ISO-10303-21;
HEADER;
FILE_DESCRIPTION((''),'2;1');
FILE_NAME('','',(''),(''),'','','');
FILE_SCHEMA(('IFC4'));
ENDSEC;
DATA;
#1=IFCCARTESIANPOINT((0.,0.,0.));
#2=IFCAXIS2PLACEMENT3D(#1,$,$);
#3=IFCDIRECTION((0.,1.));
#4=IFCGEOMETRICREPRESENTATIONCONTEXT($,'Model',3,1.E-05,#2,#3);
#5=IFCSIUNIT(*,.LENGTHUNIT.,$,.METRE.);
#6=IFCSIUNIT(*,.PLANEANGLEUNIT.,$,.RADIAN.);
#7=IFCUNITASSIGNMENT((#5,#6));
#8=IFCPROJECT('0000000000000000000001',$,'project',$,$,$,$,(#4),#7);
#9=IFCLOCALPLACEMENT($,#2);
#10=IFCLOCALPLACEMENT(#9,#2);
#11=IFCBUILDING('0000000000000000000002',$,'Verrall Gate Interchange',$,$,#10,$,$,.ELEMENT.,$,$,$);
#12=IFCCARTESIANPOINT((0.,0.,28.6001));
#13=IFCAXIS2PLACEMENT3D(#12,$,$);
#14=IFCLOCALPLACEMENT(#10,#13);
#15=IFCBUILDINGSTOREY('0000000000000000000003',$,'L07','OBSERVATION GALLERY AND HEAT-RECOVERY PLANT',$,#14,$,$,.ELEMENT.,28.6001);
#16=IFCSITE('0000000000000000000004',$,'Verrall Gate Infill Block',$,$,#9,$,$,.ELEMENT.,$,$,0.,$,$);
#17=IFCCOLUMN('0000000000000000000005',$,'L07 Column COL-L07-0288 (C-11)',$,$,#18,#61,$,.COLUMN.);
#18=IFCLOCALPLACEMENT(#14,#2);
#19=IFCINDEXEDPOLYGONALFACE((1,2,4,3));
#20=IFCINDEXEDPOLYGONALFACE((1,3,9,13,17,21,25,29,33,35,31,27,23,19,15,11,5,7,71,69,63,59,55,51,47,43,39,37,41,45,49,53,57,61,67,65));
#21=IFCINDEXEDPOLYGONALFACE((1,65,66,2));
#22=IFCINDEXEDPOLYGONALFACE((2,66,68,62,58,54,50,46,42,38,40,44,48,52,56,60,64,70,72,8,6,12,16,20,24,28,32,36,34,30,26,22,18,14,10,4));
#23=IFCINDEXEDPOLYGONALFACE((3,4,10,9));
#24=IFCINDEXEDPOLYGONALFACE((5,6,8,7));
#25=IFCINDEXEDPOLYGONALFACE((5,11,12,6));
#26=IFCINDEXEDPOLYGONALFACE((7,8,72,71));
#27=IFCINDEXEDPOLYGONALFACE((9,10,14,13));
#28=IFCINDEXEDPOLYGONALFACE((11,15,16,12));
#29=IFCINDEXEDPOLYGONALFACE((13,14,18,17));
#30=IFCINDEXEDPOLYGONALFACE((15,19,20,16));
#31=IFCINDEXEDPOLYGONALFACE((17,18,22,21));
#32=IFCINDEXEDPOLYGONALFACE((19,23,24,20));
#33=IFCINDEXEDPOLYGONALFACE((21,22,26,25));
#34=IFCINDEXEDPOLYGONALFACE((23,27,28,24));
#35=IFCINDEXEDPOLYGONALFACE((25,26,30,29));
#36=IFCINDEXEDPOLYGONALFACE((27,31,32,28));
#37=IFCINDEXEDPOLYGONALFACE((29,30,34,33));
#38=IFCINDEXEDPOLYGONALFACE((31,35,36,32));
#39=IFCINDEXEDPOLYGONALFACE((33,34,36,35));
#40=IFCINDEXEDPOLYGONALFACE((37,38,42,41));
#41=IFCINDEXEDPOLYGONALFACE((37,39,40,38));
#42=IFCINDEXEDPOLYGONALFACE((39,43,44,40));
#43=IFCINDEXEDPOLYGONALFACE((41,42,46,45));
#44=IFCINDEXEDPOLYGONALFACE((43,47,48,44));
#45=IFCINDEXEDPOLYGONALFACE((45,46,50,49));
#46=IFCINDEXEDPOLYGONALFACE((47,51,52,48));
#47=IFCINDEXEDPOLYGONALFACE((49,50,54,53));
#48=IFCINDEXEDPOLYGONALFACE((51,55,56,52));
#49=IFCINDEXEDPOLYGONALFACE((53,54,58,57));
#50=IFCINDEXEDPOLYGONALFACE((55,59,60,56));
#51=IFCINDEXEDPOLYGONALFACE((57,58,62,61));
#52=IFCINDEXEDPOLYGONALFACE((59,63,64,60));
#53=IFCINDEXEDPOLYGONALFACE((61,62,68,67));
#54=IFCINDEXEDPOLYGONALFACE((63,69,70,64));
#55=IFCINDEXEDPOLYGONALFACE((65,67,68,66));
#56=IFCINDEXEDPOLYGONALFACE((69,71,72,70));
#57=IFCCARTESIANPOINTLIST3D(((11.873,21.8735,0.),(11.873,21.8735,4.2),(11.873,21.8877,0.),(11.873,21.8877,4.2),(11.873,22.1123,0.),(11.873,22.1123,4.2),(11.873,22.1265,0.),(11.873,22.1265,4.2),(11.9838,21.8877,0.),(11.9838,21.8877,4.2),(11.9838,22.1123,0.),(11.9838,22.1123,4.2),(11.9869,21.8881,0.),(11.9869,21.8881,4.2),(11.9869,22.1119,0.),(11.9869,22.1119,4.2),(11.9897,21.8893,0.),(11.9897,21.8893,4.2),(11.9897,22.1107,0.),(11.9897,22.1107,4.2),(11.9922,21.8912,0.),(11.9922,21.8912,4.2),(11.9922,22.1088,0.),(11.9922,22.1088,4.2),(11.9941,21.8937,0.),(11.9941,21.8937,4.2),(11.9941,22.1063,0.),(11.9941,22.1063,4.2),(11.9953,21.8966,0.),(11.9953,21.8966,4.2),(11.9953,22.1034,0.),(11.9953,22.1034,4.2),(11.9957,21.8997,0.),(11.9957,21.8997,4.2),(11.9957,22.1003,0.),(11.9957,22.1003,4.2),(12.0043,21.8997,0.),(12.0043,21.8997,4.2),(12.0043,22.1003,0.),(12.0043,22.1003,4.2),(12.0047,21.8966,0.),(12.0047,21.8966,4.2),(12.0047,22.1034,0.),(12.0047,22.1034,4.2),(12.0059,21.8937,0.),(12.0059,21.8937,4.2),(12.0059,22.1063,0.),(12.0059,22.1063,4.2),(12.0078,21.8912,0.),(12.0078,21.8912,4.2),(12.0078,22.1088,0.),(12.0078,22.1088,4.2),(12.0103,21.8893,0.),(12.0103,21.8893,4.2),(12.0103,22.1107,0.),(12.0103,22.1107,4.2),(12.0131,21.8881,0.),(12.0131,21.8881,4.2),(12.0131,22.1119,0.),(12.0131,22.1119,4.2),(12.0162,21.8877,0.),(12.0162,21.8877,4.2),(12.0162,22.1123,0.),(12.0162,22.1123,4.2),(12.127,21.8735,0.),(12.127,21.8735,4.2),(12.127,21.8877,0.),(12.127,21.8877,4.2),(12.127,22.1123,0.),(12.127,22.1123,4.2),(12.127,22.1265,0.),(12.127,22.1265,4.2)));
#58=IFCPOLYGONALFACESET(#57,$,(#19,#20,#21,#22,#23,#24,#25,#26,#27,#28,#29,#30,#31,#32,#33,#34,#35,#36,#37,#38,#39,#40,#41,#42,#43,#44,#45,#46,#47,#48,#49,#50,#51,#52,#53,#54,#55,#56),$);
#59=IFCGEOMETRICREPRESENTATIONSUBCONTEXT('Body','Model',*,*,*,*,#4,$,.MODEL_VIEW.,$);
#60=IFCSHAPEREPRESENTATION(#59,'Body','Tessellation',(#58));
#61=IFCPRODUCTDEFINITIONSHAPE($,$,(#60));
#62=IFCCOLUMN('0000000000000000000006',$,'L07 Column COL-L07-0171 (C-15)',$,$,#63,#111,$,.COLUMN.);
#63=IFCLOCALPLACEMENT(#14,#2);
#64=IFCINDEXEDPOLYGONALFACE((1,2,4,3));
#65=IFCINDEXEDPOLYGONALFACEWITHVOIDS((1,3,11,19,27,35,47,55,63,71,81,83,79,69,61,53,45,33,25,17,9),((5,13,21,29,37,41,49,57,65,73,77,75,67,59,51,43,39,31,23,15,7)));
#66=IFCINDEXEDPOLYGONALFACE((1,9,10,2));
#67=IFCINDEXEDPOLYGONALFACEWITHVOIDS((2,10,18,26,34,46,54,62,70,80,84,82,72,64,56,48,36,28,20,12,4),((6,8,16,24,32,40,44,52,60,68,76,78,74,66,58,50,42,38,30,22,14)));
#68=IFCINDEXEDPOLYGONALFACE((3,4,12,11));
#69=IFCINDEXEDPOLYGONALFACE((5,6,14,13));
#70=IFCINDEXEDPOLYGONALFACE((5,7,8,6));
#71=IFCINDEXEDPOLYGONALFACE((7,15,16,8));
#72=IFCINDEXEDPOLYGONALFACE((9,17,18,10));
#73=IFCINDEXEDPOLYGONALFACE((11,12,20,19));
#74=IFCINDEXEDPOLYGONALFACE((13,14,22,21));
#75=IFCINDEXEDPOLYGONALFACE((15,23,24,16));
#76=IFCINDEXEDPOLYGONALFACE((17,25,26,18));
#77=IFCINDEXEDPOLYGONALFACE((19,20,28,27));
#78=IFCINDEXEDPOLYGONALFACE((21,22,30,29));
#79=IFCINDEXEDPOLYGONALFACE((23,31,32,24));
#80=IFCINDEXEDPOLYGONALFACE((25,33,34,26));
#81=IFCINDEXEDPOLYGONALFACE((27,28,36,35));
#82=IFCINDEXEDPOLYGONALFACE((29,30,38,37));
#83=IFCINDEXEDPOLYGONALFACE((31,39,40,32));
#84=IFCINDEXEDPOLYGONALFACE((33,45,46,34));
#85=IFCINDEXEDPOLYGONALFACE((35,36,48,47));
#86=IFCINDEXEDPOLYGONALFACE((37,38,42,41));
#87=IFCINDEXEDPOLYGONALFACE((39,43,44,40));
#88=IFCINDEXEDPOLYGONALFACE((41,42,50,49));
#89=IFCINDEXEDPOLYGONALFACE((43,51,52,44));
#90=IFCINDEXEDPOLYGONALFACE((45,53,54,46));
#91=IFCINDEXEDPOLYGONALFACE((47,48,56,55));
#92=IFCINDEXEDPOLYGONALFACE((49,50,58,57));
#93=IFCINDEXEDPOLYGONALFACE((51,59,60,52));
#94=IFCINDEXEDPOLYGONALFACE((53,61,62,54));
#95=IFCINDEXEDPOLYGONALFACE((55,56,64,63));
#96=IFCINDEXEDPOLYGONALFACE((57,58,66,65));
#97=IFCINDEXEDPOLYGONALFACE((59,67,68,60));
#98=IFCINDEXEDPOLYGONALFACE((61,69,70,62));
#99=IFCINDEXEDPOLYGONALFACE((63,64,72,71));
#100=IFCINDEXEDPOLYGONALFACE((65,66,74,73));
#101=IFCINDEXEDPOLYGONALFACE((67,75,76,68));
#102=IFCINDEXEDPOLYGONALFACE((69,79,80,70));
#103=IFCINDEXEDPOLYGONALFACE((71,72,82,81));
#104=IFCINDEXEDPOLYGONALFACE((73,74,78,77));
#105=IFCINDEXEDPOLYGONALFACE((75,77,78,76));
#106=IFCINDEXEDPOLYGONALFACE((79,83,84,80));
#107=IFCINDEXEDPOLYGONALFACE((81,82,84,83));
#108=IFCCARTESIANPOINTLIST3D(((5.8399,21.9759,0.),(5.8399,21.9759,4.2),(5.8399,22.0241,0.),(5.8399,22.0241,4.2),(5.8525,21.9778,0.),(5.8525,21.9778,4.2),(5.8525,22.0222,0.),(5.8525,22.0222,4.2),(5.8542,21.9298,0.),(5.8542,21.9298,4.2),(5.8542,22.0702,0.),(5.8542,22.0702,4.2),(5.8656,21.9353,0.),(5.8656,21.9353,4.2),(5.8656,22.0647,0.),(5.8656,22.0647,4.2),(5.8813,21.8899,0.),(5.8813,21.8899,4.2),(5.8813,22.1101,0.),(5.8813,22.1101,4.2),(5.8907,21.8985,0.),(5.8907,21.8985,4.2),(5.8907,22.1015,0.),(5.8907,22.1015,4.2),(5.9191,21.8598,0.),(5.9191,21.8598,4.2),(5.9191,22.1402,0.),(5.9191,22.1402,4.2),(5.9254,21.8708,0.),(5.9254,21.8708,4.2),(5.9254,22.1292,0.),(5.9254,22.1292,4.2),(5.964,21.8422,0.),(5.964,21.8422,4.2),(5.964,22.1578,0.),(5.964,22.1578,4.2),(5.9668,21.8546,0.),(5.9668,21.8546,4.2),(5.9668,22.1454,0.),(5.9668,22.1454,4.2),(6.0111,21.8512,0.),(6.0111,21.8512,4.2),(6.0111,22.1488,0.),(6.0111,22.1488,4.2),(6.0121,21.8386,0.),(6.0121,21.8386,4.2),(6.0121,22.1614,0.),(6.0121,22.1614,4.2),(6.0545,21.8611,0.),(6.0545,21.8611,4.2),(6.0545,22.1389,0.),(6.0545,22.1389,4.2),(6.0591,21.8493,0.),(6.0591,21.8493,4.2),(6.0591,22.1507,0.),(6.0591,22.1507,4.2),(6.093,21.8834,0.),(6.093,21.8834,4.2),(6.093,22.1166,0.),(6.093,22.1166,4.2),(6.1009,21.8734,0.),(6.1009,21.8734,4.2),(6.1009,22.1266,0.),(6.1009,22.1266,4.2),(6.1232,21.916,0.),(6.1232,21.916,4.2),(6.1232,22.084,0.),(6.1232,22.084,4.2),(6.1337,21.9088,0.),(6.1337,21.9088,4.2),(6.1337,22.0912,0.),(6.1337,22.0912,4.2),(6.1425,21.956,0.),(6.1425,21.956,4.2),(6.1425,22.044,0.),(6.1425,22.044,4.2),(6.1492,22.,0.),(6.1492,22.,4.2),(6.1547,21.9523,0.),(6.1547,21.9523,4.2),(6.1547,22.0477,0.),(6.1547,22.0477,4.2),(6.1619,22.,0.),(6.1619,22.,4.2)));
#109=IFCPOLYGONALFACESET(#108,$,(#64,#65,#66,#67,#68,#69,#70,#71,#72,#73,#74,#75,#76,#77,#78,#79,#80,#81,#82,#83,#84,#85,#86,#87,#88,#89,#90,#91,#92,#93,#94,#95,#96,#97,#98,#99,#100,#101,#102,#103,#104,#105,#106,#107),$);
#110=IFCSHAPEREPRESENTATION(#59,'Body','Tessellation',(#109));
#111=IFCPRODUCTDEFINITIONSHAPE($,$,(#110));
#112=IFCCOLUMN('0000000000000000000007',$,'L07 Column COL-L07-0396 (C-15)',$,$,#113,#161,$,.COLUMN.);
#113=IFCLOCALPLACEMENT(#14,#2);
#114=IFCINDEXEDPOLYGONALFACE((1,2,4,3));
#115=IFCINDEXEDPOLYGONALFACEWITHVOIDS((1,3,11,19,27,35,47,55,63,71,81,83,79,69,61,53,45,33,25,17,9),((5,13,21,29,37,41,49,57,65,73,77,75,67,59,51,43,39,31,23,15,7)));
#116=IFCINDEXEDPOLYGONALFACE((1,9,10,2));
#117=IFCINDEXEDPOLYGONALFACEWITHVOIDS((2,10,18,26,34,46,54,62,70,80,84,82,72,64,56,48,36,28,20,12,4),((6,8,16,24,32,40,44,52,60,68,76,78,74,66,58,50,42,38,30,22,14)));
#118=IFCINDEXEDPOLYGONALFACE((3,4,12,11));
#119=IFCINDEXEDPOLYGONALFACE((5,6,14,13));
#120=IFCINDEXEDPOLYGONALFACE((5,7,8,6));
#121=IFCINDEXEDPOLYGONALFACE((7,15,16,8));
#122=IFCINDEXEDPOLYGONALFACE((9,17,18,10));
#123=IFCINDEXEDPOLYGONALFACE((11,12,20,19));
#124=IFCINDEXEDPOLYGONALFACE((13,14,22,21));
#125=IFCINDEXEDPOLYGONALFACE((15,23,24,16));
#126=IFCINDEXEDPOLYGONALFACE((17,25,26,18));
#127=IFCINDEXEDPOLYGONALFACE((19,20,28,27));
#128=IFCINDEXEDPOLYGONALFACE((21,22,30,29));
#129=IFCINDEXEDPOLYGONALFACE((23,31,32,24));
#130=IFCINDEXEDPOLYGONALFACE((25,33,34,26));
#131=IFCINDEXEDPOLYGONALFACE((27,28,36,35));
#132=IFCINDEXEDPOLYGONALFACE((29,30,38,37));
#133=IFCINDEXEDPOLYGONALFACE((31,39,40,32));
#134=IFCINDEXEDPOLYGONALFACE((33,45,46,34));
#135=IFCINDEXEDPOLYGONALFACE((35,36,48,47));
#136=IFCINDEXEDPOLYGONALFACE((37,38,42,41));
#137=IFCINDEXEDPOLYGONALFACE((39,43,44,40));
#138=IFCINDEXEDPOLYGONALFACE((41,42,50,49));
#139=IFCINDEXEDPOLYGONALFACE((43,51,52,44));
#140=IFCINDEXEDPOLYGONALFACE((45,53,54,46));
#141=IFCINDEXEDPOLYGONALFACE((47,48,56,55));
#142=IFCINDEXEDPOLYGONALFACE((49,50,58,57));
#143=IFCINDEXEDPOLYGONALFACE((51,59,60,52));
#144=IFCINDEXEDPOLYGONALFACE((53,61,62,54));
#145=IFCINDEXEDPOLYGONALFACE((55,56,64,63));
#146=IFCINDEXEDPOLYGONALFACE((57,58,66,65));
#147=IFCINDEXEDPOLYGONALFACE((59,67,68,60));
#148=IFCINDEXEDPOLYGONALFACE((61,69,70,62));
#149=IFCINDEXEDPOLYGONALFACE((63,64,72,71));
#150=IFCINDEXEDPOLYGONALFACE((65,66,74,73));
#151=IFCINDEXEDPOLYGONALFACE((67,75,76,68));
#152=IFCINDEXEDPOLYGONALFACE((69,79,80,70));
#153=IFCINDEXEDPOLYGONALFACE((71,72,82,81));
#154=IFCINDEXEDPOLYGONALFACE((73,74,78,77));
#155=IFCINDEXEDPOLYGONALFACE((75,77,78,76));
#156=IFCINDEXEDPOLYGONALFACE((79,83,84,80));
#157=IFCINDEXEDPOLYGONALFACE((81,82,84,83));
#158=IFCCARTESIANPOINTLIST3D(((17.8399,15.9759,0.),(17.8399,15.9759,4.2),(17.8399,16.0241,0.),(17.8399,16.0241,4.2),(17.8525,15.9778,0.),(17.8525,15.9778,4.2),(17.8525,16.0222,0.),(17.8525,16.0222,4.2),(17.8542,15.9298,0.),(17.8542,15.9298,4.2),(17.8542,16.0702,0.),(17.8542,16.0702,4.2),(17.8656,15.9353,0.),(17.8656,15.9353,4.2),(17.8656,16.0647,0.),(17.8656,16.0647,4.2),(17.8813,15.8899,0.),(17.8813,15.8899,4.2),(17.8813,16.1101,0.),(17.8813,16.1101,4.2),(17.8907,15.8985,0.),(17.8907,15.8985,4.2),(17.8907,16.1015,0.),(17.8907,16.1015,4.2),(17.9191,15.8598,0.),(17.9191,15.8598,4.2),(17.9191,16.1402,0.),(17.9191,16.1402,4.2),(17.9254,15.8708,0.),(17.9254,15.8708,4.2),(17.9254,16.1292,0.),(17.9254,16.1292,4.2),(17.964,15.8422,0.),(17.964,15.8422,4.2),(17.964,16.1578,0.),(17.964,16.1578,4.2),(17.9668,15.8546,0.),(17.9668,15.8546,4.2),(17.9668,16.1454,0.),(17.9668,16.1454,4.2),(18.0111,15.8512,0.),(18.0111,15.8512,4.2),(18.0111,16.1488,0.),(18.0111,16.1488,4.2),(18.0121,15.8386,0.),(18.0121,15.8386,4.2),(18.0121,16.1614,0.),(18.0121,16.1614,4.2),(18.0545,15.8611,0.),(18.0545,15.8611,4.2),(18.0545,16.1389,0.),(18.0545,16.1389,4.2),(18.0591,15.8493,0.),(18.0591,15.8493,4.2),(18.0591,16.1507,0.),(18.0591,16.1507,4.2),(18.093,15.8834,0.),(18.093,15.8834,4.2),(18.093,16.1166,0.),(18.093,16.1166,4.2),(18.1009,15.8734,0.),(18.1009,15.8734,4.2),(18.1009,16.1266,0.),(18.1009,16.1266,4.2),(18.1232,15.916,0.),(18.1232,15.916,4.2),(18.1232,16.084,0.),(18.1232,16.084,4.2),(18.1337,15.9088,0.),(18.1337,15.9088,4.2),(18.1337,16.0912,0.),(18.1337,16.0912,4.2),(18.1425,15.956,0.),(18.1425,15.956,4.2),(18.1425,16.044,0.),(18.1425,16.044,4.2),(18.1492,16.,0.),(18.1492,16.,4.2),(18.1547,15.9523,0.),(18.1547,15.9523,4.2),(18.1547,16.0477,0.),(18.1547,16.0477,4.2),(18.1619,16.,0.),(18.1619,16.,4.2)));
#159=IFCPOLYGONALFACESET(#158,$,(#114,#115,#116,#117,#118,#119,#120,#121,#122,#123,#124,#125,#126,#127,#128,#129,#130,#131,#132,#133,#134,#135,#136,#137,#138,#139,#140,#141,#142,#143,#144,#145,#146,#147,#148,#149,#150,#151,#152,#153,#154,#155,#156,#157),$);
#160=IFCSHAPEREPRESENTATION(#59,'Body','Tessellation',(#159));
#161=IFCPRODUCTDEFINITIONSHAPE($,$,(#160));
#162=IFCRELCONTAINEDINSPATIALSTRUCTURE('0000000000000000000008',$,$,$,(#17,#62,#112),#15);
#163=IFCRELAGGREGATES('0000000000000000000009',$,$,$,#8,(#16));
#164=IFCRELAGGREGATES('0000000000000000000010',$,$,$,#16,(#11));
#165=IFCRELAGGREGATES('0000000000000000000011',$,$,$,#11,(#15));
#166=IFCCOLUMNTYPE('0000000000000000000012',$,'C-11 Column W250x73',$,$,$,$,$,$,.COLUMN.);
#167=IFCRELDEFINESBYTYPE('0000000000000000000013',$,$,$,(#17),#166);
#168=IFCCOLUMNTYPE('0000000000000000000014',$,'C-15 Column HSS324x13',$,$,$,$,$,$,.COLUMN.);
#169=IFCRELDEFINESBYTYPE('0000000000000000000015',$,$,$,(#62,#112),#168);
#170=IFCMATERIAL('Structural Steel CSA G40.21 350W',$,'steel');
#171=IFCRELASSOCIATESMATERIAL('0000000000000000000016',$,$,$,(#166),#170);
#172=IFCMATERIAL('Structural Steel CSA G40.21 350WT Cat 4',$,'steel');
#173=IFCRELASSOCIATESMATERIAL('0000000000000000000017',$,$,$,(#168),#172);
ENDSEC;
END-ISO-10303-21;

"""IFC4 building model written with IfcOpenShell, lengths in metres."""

from ifc_helpers import new_model, si_unit, direction, frame, origin, origin_2d, place, context, subcontext, project, spatial, hollow_circle, i_section, extrude, material, material_profile, profile_set, type_object, element, save


model = new_model("IFC4")

# Units and contexts
model_context = context("Model", 3, precision=1e-05, world=origin(), true_north=direction((0.0, 1.0)))
body_context = subcontext(model_context, "Body", "Model", "MODEL_VIEW")
ifc_project = project(units=[si_unit("LENGTHUNIT", "METRE"), si_unit("PLANEANGLEUNIT", "RADIAN")], contexts=[model_context])

# Site, building, storey
site_placement = place(None, origin())
site = spatial("IfcSite", under=ifc_project, at=site_placement, Name="Verrall Gate Infill Block", CompositionType="ELEMENT", RefElevation=0.0)
building_placement = place(site_placement, origin())
building = spatial("IfcBuilding", under=site, at=building_placement, Name="Verrall Gate Interchange", CompositionType="ELEMENT")
storey_placement = place(building_placement, frame((0.0, 0.0, 28.6001)))
storey = spatial("IfcBuildingStorey", under=building, at=storey_placement, Name="L07", Description="OBSERVATION GALLERY AND HEAT-RECOVERY PLANT", CompositionType="ELEMENT", Elevation=28.6001)

# Columns
ifc_material_1 = material(Name="Structural Steel CSA G40.21 350W", Category="steel")
ifc_material_profile_1 = material_profile(ifc_material_1, i_section(OverallWidth=0.2539, OverallDepth=0.2529, WebThickness=0.0085, FlangeThickness=0.0142, FilletRadius=0.012, at=origin_2d()), Name="W250x73")
ifc_profile_set_1 = profile_set([ifc_material_profile_1], Name="Structural Steel CSA G40.21 350W")
column_type_1 = type_object("IfcColumnType", Name="C-11 Column W250x73", PredefinedType="COLUMN", material=ifc_profile_set_1)
column_placement = place(storey_placement, frame((12.0, 22.0, 0.0), z_axis=(0.0, 0.0, 1.0), x_axis=(1.0, 0.0, 0.0)))
element("IfcColumn", 1, at=column_placement, inside=storey, type_object=column_type_1, Name="L07 Column COL-L07-0288 (C-11)", PredefinedType="COLUMN", context=body_context, shape_type="SweptSolid", body=[
    extrude(i_section(OverallWidth=0.2539, OverallDepth=0.2529, WebThickness=0.0085, FlangeThickness=0.0142, FilletRadius=0.012, at=origin_2d()), origin(), (0.0, 0.0, 1.0), 4.2),
])
ifc_material_2 = material(Name="Structural Steel CSA G40.21 350WT Cat 4", Category="steel")
ifc_material_profile_2 = material_profile(ifc_material_2, hollow_circle(Radius=0.1619, WallThickness=0.0127, at=origin_2d()), Name="HSS324x13")
ifc_profile_set_2 = profile_set([ifc_material_profile_2], Name="Structural Steel CSA G40.21 350WT Cat 4")
column_type_2 = type_object("IfcColumnType", Name="C-15 Column HSS324x13", PredefinedType="COLUMN", material=ifc_profile_set_2)
for number, where, z_axis, x_axis, name in (
    (2, (6.0, 22.0, 0.0), (0.0, 0.0, 1.0), (1.0, 0.0, 0.0), "L07 Column COL-L07-0171 (C-15)"),
    (3, (18.0, 16.0, 0.0), (0.0, 0.0, 1.0), (1.0, 0.0, 0.0), "L07 Column COL-L07-0396 (C-15)"),
):
    element("IfcColumn", number, at=place(storey_placement, frame(where, z_axis=z_axis, x_axis=x_axis)), inside=storey, type_object=column_type_2, Name=name, PredefinedType="COLUMN", context=body_context, shape_type="SweptSolid", body=[
        extrude(hollow_circle(Radius=0.1619, WallThickness=0.0127, at=origin_2d()), origin(), (0.0, 0.0, 1.0), 4.2),
    ])

save(model, "model.ifc")
